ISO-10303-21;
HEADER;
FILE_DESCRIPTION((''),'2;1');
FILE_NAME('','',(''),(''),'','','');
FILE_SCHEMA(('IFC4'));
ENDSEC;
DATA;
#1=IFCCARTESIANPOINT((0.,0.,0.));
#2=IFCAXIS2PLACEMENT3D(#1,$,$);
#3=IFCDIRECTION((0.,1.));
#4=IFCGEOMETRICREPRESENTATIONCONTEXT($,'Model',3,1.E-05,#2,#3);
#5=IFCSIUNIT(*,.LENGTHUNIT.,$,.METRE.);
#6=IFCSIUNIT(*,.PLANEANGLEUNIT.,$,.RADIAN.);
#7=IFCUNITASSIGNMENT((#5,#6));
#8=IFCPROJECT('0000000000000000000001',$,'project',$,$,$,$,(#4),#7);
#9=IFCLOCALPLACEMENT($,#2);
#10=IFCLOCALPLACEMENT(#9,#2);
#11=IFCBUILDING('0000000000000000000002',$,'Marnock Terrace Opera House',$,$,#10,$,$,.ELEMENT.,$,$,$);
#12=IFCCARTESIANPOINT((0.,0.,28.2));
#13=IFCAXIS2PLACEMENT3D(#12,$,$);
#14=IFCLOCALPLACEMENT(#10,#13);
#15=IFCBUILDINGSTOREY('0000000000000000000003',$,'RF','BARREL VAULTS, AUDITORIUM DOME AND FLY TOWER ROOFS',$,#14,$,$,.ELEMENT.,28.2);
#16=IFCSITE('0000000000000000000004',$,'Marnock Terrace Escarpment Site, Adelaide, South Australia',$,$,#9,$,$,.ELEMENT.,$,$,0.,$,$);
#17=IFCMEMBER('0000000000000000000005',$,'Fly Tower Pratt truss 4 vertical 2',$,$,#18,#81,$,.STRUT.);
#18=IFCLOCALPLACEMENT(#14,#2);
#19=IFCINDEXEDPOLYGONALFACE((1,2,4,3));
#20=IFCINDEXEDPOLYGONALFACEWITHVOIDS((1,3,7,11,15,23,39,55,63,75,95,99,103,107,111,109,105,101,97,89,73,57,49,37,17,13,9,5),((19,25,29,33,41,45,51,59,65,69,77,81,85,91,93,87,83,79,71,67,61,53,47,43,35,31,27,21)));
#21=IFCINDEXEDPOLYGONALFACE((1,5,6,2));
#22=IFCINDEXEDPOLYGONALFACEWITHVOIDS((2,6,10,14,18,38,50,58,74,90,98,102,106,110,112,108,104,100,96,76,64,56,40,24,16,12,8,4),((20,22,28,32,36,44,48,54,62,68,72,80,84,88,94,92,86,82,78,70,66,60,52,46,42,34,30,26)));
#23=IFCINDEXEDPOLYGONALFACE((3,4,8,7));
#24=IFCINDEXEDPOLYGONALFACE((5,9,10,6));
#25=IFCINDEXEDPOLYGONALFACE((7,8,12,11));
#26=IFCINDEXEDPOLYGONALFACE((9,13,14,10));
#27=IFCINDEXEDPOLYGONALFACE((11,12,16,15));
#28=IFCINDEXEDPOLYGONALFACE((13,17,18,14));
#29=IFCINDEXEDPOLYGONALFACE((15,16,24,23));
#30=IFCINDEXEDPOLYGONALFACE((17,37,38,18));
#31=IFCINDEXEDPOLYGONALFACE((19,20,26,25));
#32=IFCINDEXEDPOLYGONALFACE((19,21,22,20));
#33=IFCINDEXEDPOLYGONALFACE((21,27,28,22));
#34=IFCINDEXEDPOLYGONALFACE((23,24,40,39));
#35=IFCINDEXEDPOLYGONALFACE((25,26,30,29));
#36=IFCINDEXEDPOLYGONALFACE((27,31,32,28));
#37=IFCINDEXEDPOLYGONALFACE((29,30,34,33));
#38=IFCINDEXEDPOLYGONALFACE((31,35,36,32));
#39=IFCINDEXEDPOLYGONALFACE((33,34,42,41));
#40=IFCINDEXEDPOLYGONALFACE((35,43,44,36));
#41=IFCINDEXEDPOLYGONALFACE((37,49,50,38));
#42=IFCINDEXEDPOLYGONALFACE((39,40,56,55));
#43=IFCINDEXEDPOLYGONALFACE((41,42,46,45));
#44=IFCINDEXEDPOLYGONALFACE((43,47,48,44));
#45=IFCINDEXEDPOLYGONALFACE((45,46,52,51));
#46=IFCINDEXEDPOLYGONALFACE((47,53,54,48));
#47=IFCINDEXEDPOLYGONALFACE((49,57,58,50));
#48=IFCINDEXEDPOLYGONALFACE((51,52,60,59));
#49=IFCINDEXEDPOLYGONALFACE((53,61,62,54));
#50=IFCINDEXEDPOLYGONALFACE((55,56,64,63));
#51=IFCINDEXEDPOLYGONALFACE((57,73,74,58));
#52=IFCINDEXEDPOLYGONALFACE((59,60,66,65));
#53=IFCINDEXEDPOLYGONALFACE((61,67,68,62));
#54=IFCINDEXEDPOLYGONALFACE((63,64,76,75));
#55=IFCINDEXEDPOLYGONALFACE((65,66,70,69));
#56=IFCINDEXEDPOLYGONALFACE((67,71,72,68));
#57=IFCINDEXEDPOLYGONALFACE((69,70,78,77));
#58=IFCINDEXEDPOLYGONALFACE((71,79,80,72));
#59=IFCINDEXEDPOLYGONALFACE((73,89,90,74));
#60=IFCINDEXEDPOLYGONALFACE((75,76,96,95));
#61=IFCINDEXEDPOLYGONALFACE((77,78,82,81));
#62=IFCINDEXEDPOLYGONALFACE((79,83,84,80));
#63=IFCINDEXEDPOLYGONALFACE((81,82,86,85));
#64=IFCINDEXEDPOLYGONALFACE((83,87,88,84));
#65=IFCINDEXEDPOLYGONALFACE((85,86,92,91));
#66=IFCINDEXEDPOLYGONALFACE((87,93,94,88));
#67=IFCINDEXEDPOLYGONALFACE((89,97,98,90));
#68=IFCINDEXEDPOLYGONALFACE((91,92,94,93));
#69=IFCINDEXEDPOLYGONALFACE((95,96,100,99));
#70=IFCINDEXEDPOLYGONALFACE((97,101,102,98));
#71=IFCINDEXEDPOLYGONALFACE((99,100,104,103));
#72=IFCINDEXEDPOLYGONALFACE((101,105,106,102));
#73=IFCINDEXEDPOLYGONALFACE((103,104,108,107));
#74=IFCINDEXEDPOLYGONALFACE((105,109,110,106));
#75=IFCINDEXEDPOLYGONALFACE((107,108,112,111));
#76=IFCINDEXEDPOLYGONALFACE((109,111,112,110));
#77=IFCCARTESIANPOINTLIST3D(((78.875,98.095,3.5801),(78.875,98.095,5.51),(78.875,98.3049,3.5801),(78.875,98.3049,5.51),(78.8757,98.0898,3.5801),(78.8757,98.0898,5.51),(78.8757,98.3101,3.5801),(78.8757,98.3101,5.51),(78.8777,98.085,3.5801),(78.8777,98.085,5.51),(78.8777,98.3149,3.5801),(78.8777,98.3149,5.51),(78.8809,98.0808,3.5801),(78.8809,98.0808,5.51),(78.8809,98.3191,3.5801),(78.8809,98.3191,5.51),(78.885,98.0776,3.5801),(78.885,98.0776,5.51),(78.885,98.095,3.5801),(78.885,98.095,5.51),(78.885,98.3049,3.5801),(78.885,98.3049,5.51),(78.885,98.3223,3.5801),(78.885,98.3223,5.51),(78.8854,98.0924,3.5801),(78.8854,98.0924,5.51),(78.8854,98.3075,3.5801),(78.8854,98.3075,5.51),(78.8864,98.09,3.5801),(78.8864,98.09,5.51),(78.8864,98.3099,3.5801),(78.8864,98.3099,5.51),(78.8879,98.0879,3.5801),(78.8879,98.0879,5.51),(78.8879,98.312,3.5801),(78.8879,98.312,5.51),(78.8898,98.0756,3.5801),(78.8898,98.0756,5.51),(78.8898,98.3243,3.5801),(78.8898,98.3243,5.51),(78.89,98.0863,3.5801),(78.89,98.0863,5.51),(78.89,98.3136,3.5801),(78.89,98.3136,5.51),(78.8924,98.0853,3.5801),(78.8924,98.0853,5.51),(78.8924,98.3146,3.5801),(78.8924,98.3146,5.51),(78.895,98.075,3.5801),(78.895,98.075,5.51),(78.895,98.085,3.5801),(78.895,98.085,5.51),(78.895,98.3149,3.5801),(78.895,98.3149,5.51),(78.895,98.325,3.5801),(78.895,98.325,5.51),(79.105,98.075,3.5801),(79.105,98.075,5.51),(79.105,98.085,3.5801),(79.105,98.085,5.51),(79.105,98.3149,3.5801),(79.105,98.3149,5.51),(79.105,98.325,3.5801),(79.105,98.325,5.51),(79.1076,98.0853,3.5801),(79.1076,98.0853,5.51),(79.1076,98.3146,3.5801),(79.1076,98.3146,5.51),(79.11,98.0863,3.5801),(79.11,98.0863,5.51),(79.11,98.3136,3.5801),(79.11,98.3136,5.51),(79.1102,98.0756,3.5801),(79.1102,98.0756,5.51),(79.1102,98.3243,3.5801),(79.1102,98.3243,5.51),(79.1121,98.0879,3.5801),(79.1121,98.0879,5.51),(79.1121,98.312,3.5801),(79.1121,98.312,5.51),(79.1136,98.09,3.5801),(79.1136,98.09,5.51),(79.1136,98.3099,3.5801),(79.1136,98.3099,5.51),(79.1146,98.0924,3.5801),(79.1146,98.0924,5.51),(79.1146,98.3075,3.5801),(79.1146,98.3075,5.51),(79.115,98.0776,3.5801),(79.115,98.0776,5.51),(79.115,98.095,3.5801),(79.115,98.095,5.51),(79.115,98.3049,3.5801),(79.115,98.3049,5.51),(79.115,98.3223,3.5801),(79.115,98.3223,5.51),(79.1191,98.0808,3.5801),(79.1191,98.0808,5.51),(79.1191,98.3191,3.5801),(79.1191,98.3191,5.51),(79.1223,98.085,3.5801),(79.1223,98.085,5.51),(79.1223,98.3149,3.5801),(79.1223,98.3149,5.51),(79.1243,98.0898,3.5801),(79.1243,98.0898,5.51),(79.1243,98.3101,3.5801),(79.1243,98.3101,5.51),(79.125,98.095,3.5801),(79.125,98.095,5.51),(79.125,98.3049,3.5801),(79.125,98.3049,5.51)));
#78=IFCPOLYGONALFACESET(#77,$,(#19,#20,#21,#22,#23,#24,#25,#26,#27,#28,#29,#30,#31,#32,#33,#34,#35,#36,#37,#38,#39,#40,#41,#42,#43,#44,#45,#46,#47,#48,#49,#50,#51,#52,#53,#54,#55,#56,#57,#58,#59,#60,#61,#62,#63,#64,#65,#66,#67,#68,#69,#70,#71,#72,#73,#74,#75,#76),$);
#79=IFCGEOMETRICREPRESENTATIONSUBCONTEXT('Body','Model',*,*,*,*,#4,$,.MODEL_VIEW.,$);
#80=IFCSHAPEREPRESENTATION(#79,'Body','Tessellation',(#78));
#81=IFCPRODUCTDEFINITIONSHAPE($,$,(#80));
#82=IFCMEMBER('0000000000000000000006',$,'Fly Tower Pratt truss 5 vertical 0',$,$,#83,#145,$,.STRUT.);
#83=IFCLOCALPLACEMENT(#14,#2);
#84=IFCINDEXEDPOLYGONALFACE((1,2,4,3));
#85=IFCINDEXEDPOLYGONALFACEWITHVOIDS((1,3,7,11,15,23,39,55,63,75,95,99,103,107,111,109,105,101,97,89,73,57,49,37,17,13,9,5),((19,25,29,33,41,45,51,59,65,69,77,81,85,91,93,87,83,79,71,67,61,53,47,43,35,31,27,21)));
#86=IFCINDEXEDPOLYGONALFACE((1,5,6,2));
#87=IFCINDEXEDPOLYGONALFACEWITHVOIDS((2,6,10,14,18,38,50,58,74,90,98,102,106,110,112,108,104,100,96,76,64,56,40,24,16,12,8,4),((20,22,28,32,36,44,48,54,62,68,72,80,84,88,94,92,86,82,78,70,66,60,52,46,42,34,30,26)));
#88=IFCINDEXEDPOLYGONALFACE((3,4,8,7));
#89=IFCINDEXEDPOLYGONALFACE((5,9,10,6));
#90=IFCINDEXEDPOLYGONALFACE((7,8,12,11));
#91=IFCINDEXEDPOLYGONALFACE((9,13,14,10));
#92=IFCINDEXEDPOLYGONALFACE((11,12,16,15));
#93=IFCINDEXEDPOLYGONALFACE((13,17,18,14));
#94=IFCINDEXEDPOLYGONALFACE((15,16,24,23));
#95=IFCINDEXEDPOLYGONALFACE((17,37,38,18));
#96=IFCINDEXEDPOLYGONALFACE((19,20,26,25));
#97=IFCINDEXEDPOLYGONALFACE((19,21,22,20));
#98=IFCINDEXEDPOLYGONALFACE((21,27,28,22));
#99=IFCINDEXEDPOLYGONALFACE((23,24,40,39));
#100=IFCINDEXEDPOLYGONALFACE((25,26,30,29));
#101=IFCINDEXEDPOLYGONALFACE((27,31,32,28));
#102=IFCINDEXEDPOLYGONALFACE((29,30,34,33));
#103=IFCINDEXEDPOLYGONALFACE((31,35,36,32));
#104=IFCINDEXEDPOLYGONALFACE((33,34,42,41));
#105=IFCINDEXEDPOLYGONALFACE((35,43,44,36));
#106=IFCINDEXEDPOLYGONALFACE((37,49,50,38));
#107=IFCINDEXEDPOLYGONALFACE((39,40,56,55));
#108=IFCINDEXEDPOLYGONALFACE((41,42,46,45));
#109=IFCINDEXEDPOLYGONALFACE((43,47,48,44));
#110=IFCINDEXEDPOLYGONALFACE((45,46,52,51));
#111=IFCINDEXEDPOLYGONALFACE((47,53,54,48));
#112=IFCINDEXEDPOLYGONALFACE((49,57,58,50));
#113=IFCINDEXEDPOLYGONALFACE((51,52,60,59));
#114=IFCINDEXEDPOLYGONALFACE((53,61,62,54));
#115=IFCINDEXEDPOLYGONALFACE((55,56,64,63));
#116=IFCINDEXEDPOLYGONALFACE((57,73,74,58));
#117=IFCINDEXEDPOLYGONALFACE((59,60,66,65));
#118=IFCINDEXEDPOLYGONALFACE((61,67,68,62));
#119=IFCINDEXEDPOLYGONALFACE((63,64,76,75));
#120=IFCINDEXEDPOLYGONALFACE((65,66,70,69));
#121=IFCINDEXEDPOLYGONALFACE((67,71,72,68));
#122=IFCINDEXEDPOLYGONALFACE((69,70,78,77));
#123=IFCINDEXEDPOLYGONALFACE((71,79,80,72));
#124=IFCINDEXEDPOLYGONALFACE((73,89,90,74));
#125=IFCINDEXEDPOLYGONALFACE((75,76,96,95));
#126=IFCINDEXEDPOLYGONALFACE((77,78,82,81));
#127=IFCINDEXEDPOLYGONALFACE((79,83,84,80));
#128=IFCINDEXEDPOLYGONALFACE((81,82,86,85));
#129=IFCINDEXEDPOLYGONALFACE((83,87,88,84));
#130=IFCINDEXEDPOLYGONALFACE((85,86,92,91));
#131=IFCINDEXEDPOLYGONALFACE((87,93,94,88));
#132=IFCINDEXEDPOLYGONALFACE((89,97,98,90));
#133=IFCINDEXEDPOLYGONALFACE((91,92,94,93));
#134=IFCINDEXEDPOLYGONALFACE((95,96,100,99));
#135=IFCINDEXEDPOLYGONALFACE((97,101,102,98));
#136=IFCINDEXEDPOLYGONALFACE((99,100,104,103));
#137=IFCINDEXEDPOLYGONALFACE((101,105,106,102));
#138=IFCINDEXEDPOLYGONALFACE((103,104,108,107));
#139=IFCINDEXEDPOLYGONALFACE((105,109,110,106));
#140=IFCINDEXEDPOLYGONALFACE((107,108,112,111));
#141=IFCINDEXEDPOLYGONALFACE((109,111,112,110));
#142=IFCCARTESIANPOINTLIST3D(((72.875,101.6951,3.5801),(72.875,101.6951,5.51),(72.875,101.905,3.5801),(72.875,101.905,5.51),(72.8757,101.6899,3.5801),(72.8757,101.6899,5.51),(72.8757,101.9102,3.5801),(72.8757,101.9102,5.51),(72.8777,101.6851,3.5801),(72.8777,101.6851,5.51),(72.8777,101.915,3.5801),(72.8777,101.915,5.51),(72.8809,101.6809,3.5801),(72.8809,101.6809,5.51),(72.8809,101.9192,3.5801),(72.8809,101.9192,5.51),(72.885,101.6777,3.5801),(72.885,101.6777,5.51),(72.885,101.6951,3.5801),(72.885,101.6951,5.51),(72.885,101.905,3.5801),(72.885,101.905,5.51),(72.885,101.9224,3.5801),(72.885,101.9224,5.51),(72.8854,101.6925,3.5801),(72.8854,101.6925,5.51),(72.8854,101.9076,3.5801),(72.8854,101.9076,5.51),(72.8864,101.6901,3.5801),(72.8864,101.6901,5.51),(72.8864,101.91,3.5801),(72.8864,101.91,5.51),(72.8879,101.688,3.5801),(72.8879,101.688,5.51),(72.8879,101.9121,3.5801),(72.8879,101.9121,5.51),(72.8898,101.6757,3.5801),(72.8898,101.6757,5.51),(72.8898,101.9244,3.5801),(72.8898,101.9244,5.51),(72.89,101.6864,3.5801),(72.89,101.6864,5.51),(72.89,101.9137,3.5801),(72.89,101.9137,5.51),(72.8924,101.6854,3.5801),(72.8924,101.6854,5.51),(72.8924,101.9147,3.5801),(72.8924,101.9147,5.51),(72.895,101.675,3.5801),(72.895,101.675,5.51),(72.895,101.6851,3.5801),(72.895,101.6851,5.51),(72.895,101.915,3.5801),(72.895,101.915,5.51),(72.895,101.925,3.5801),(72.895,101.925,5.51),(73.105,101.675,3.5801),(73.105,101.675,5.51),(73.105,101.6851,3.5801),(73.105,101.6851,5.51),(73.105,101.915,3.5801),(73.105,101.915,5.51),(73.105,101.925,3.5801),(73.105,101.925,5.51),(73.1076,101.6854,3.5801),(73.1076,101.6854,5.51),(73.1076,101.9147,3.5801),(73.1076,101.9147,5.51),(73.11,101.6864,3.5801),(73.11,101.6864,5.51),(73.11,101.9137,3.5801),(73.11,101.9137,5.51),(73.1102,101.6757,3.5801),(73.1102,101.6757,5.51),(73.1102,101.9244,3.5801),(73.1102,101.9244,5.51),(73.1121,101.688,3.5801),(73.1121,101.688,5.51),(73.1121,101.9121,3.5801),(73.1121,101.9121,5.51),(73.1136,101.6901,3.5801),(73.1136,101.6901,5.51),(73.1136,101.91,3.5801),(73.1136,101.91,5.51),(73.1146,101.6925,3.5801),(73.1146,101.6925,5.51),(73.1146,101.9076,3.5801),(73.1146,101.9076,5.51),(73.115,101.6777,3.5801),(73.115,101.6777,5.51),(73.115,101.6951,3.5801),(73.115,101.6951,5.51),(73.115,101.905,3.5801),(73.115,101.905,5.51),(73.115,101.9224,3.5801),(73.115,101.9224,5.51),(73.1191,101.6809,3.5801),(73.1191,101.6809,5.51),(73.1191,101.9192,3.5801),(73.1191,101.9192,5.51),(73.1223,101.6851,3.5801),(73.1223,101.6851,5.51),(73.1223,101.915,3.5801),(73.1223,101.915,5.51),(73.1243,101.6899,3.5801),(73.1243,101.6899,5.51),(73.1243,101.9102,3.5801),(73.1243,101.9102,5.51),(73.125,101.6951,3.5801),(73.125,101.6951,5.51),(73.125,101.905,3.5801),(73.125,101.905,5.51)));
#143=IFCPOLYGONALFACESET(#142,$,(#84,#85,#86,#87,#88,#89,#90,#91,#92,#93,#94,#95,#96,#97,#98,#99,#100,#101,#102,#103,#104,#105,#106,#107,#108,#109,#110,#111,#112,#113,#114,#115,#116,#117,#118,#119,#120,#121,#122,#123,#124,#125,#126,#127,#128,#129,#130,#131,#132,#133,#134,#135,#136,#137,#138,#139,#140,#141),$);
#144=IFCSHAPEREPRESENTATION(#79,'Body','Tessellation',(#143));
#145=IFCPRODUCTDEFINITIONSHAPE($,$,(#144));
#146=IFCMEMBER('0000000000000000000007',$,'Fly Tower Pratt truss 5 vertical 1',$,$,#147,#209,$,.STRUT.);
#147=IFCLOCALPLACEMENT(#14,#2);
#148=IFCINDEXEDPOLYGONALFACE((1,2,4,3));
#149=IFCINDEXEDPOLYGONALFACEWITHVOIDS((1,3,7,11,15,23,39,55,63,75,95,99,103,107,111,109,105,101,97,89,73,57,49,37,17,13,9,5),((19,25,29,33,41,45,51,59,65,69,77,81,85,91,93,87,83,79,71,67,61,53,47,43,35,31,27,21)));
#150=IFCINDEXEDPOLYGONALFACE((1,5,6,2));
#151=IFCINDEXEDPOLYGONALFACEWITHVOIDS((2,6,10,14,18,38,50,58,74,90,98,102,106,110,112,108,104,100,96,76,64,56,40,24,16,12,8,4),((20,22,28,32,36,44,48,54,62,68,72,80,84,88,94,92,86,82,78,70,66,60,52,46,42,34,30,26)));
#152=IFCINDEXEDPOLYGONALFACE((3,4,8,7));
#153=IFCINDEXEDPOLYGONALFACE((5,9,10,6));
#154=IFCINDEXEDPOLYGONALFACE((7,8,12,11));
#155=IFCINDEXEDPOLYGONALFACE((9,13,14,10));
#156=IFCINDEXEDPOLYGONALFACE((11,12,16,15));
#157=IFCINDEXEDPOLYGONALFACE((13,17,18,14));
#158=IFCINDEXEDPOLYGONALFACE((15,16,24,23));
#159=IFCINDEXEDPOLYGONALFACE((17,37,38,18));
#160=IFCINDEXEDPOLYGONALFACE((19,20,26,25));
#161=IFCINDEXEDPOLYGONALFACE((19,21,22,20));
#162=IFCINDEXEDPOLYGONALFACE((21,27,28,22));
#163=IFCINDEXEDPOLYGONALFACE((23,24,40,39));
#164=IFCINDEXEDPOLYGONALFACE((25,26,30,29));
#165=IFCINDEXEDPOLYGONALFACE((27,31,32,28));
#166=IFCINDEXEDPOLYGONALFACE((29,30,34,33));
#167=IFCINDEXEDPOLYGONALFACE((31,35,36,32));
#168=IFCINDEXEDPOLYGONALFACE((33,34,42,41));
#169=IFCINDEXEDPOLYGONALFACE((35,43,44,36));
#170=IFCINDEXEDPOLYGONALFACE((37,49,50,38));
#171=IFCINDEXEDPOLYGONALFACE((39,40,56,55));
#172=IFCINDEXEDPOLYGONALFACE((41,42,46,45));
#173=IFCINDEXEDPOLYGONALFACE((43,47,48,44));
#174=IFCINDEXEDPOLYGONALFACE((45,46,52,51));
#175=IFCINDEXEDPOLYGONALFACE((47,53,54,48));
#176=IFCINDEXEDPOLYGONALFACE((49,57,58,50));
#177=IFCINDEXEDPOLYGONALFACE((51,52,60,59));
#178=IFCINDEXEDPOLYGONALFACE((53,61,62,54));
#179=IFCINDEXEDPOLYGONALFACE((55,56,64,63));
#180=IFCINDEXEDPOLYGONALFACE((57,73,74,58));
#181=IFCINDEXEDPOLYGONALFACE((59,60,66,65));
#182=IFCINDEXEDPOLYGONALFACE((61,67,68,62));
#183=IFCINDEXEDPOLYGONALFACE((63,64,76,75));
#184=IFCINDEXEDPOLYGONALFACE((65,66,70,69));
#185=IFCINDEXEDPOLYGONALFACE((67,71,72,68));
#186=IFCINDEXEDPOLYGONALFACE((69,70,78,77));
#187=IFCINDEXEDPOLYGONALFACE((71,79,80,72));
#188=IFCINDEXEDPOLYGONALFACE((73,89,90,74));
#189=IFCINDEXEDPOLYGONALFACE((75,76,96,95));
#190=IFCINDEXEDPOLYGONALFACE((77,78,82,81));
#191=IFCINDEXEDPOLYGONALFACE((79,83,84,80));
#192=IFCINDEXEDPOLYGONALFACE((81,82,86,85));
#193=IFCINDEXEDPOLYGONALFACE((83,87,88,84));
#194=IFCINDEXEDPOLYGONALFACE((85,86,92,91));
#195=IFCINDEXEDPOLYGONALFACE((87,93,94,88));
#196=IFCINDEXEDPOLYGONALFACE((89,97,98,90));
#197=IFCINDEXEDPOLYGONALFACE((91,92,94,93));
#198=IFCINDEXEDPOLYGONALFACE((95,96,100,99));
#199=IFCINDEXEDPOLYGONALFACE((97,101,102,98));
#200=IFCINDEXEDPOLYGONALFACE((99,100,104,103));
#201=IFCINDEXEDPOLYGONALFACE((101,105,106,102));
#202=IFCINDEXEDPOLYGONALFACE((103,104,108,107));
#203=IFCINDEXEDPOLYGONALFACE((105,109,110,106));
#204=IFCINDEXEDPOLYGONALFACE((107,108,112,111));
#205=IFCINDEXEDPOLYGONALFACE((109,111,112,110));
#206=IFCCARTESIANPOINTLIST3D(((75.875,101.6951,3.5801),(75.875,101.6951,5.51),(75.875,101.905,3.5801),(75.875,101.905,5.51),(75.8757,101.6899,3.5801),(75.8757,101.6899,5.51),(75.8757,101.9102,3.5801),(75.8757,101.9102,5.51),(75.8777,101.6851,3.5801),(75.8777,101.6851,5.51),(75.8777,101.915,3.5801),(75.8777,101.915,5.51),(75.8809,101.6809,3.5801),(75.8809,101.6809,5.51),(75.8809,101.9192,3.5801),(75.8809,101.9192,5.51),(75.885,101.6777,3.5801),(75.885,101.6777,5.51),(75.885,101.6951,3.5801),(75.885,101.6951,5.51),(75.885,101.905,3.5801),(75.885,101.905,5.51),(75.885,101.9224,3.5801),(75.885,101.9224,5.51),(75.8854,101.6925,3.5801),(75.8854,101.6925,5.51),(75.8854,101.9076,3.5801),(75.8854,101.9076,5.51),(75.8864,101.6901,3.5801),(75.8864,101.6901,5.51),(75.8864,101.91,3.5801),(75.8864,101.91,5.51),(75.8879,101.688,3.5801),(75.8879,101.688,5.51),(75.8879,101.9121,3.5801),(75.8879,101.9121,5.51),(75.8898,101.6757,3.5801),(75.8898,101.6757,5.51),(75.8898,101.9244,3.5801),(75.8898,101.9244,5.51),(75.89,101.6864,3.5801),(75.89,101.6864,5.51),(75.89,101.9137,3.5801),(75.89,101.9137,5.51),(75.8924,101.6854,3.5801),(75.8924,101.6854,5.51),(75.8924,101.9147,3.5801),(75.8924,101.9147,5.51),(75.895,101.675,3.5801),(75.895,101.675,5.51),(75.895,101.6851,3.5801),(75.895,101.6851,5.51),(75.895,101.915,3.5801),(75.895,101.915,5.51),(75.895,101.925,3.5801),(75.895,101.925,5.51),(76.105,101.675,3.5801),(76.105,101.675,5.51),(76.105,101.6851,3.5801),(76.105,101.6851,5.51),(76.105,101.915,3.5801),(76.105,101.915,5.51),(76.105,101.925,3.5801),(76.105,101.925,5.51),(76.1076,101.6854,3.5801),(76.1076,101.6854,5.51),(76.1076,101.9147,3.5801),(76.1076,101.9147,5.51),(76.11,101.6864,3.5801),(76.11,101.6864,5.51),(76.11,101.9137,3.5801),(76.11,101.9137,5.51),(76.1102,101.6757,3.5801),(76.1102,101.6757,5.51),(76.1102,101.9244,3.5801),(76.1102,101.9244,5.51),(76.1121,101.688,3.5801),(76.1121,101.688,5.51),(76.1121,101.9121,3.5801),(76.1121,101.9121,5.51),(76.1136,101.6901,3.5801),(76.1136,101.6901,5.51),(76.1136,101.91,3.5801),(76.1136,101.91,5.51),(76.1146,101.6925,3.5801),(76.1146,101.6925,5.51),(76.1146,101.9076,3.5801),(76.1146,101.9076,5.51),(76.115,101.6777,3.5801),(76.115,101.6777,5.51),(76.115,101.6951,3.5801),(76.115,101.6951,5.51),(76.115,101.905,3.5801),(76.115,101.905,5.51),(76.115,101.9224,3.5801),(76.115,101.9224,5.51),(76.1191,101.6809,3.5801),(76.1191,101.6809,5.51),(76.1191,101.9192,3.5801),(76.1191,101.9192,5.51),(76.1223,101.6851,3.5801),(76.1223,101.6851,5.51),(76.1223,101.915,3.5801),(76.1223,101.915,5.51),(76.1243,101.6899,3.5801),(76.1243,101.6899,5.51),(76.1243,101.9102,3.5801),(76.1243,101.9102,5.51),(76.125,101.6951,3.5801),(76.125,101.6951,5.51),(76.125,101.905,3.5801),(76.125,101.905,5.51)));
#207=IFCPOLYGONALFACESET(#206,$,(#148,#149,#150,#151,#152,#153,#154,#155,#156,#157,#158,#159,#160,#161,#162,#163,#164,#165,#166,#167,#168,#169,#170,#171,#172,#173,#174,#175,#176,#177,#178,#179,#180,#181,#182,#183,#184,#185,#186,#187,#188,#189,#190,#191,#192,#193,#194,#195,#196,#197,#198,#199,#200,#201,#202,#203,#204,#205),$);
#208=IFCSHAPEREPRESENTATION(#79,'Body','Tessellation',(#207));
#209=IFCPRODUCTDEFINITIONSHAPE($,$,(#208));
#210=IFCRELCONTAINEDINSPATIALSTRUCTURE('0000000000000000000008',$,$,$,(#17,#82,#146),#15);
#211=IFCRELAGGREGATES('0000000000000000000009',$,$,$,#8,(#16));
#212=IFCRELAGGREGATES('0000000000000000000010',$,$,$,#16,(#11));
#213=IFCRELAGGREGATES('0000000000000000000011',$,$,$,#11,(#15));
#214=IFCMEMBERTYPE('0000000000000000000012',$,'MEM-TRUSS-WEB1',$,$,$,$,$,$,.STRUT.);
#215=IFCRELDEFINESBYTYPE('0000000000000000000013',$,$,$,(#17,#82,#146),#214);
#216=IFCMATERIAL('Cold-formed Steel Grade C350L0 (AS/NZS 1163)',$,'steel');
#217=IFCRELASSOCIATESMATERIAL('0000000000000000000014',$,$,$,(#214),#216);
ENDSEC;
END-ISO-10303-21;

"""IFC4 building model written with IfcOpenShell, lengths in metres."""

from ifc_helpers import new_model, si_unit, direction, frame, origin, origin_2d, place, context, subcontext, project, spatial, hollow_rectangle, extrude, material, material_profile, profile_set, type_object, element, save


model = new_model("IFC4")

# Units and contexts
model_context = context("Model", 3, precision=1e-05, world=origin(), true_north=direction((0.0, 1.0)))
body_context = subcontext(model_context, "Body", "Model", "MODEL_VIEW")
ifc_project = project(units=[si_unit("LENGTHUNIT", "METRE"), si_unit("PLANEANGLEUNIT", "RADIAN")], contexts=[model_context])

# Site, building, storey
site_placement = place(None, origin())
site = spatial("IfcSite", under=ifc_project, at=site_placement, Name="Marnock Terrace Escarpment Site, Adelaide, South Australia", CompositionType="ELEMENT", RefElevation=0.0)
building_placement = place(site_placement, origin())
building = spatial("IfcBuilding", under=site, at=building_placement, Name="Marnock Terrace Opera House", CompositionType="ELEMENT")
storey_placement = place(building_placement, frame((0.0, 0.0, 28.2)))
storey = spatial("IfcBuildingStorey", under=building, at=storey_placement, Name="RF", Description="BARREL VAULTS, AUDITORIUM DOME AND FLY TOWER ROOFS", CompositionType="ELEMENT", Elevation=28.2)

# Members
ifc_material_1 = material(Name="Cold-formed Steel Grade C350L0 (AS/NZS 1163)", Category="steel")
ifc_material_profile_1 = material_profile(ifc_material_1, hollow_rectangle(XDim=0.25, YDim=0.25, WallThickness=0.01, InnerFilletRadius=0.01, OuterFilletRadius=0.02, at=origin_2d()))
ifc_profile_set_1 = profile_set([ifc_material_profile_1], Name="Cold-formed Steel Grade C350L0 (AS/NZS 1163)")
member_type_1 = type_object("IfcMemberType", Name="MEM-TRUSS-WEB1", PredefinedType="STRUT", material=ifc_profile_set_1)
for number, where, z_axis, x_axis, name in (
    (1, (79.0, 98.2, 3.5801), (0.0, 0.0, 1.0), (1.0, 0.0, 0.0), "Fly Tower Pratt truss 4 vertical 2"),
    (2, (73.0, 101.8, 3.5801), (0.0, 0.0, 1.0), (1.0, 0.0, 0.0), "Fly Tower Pratt truss 5 vertical 0"),
    (3, (76.0, 101.8, 3.5801), (0.0, 0.0, 1.0), (1.0, 0.0, 0.0), "Fly Tower Pratt truss 5 vertical 1"),
):
    element("IfcMember", number, at=place(storey_placement, frame(where, z_axis=z_axis, x_axis=x_axis)), inside=storey, type_object=member_type_1, Name=name, PredefinedType="STRUT", context=body_context, shape_type="SweptSolid", body=[
        extrude(hollow_rectangle(XDim=0.25, YDim=0.25, WallThickness=0.01, InnerFilletRadius=0.01, OuterFilletRadius=0.02, at=origin_2d()), origin(), (0.0, 0.0, 1.0), 1.9299),
    ])

save(model, "model.ifc")
